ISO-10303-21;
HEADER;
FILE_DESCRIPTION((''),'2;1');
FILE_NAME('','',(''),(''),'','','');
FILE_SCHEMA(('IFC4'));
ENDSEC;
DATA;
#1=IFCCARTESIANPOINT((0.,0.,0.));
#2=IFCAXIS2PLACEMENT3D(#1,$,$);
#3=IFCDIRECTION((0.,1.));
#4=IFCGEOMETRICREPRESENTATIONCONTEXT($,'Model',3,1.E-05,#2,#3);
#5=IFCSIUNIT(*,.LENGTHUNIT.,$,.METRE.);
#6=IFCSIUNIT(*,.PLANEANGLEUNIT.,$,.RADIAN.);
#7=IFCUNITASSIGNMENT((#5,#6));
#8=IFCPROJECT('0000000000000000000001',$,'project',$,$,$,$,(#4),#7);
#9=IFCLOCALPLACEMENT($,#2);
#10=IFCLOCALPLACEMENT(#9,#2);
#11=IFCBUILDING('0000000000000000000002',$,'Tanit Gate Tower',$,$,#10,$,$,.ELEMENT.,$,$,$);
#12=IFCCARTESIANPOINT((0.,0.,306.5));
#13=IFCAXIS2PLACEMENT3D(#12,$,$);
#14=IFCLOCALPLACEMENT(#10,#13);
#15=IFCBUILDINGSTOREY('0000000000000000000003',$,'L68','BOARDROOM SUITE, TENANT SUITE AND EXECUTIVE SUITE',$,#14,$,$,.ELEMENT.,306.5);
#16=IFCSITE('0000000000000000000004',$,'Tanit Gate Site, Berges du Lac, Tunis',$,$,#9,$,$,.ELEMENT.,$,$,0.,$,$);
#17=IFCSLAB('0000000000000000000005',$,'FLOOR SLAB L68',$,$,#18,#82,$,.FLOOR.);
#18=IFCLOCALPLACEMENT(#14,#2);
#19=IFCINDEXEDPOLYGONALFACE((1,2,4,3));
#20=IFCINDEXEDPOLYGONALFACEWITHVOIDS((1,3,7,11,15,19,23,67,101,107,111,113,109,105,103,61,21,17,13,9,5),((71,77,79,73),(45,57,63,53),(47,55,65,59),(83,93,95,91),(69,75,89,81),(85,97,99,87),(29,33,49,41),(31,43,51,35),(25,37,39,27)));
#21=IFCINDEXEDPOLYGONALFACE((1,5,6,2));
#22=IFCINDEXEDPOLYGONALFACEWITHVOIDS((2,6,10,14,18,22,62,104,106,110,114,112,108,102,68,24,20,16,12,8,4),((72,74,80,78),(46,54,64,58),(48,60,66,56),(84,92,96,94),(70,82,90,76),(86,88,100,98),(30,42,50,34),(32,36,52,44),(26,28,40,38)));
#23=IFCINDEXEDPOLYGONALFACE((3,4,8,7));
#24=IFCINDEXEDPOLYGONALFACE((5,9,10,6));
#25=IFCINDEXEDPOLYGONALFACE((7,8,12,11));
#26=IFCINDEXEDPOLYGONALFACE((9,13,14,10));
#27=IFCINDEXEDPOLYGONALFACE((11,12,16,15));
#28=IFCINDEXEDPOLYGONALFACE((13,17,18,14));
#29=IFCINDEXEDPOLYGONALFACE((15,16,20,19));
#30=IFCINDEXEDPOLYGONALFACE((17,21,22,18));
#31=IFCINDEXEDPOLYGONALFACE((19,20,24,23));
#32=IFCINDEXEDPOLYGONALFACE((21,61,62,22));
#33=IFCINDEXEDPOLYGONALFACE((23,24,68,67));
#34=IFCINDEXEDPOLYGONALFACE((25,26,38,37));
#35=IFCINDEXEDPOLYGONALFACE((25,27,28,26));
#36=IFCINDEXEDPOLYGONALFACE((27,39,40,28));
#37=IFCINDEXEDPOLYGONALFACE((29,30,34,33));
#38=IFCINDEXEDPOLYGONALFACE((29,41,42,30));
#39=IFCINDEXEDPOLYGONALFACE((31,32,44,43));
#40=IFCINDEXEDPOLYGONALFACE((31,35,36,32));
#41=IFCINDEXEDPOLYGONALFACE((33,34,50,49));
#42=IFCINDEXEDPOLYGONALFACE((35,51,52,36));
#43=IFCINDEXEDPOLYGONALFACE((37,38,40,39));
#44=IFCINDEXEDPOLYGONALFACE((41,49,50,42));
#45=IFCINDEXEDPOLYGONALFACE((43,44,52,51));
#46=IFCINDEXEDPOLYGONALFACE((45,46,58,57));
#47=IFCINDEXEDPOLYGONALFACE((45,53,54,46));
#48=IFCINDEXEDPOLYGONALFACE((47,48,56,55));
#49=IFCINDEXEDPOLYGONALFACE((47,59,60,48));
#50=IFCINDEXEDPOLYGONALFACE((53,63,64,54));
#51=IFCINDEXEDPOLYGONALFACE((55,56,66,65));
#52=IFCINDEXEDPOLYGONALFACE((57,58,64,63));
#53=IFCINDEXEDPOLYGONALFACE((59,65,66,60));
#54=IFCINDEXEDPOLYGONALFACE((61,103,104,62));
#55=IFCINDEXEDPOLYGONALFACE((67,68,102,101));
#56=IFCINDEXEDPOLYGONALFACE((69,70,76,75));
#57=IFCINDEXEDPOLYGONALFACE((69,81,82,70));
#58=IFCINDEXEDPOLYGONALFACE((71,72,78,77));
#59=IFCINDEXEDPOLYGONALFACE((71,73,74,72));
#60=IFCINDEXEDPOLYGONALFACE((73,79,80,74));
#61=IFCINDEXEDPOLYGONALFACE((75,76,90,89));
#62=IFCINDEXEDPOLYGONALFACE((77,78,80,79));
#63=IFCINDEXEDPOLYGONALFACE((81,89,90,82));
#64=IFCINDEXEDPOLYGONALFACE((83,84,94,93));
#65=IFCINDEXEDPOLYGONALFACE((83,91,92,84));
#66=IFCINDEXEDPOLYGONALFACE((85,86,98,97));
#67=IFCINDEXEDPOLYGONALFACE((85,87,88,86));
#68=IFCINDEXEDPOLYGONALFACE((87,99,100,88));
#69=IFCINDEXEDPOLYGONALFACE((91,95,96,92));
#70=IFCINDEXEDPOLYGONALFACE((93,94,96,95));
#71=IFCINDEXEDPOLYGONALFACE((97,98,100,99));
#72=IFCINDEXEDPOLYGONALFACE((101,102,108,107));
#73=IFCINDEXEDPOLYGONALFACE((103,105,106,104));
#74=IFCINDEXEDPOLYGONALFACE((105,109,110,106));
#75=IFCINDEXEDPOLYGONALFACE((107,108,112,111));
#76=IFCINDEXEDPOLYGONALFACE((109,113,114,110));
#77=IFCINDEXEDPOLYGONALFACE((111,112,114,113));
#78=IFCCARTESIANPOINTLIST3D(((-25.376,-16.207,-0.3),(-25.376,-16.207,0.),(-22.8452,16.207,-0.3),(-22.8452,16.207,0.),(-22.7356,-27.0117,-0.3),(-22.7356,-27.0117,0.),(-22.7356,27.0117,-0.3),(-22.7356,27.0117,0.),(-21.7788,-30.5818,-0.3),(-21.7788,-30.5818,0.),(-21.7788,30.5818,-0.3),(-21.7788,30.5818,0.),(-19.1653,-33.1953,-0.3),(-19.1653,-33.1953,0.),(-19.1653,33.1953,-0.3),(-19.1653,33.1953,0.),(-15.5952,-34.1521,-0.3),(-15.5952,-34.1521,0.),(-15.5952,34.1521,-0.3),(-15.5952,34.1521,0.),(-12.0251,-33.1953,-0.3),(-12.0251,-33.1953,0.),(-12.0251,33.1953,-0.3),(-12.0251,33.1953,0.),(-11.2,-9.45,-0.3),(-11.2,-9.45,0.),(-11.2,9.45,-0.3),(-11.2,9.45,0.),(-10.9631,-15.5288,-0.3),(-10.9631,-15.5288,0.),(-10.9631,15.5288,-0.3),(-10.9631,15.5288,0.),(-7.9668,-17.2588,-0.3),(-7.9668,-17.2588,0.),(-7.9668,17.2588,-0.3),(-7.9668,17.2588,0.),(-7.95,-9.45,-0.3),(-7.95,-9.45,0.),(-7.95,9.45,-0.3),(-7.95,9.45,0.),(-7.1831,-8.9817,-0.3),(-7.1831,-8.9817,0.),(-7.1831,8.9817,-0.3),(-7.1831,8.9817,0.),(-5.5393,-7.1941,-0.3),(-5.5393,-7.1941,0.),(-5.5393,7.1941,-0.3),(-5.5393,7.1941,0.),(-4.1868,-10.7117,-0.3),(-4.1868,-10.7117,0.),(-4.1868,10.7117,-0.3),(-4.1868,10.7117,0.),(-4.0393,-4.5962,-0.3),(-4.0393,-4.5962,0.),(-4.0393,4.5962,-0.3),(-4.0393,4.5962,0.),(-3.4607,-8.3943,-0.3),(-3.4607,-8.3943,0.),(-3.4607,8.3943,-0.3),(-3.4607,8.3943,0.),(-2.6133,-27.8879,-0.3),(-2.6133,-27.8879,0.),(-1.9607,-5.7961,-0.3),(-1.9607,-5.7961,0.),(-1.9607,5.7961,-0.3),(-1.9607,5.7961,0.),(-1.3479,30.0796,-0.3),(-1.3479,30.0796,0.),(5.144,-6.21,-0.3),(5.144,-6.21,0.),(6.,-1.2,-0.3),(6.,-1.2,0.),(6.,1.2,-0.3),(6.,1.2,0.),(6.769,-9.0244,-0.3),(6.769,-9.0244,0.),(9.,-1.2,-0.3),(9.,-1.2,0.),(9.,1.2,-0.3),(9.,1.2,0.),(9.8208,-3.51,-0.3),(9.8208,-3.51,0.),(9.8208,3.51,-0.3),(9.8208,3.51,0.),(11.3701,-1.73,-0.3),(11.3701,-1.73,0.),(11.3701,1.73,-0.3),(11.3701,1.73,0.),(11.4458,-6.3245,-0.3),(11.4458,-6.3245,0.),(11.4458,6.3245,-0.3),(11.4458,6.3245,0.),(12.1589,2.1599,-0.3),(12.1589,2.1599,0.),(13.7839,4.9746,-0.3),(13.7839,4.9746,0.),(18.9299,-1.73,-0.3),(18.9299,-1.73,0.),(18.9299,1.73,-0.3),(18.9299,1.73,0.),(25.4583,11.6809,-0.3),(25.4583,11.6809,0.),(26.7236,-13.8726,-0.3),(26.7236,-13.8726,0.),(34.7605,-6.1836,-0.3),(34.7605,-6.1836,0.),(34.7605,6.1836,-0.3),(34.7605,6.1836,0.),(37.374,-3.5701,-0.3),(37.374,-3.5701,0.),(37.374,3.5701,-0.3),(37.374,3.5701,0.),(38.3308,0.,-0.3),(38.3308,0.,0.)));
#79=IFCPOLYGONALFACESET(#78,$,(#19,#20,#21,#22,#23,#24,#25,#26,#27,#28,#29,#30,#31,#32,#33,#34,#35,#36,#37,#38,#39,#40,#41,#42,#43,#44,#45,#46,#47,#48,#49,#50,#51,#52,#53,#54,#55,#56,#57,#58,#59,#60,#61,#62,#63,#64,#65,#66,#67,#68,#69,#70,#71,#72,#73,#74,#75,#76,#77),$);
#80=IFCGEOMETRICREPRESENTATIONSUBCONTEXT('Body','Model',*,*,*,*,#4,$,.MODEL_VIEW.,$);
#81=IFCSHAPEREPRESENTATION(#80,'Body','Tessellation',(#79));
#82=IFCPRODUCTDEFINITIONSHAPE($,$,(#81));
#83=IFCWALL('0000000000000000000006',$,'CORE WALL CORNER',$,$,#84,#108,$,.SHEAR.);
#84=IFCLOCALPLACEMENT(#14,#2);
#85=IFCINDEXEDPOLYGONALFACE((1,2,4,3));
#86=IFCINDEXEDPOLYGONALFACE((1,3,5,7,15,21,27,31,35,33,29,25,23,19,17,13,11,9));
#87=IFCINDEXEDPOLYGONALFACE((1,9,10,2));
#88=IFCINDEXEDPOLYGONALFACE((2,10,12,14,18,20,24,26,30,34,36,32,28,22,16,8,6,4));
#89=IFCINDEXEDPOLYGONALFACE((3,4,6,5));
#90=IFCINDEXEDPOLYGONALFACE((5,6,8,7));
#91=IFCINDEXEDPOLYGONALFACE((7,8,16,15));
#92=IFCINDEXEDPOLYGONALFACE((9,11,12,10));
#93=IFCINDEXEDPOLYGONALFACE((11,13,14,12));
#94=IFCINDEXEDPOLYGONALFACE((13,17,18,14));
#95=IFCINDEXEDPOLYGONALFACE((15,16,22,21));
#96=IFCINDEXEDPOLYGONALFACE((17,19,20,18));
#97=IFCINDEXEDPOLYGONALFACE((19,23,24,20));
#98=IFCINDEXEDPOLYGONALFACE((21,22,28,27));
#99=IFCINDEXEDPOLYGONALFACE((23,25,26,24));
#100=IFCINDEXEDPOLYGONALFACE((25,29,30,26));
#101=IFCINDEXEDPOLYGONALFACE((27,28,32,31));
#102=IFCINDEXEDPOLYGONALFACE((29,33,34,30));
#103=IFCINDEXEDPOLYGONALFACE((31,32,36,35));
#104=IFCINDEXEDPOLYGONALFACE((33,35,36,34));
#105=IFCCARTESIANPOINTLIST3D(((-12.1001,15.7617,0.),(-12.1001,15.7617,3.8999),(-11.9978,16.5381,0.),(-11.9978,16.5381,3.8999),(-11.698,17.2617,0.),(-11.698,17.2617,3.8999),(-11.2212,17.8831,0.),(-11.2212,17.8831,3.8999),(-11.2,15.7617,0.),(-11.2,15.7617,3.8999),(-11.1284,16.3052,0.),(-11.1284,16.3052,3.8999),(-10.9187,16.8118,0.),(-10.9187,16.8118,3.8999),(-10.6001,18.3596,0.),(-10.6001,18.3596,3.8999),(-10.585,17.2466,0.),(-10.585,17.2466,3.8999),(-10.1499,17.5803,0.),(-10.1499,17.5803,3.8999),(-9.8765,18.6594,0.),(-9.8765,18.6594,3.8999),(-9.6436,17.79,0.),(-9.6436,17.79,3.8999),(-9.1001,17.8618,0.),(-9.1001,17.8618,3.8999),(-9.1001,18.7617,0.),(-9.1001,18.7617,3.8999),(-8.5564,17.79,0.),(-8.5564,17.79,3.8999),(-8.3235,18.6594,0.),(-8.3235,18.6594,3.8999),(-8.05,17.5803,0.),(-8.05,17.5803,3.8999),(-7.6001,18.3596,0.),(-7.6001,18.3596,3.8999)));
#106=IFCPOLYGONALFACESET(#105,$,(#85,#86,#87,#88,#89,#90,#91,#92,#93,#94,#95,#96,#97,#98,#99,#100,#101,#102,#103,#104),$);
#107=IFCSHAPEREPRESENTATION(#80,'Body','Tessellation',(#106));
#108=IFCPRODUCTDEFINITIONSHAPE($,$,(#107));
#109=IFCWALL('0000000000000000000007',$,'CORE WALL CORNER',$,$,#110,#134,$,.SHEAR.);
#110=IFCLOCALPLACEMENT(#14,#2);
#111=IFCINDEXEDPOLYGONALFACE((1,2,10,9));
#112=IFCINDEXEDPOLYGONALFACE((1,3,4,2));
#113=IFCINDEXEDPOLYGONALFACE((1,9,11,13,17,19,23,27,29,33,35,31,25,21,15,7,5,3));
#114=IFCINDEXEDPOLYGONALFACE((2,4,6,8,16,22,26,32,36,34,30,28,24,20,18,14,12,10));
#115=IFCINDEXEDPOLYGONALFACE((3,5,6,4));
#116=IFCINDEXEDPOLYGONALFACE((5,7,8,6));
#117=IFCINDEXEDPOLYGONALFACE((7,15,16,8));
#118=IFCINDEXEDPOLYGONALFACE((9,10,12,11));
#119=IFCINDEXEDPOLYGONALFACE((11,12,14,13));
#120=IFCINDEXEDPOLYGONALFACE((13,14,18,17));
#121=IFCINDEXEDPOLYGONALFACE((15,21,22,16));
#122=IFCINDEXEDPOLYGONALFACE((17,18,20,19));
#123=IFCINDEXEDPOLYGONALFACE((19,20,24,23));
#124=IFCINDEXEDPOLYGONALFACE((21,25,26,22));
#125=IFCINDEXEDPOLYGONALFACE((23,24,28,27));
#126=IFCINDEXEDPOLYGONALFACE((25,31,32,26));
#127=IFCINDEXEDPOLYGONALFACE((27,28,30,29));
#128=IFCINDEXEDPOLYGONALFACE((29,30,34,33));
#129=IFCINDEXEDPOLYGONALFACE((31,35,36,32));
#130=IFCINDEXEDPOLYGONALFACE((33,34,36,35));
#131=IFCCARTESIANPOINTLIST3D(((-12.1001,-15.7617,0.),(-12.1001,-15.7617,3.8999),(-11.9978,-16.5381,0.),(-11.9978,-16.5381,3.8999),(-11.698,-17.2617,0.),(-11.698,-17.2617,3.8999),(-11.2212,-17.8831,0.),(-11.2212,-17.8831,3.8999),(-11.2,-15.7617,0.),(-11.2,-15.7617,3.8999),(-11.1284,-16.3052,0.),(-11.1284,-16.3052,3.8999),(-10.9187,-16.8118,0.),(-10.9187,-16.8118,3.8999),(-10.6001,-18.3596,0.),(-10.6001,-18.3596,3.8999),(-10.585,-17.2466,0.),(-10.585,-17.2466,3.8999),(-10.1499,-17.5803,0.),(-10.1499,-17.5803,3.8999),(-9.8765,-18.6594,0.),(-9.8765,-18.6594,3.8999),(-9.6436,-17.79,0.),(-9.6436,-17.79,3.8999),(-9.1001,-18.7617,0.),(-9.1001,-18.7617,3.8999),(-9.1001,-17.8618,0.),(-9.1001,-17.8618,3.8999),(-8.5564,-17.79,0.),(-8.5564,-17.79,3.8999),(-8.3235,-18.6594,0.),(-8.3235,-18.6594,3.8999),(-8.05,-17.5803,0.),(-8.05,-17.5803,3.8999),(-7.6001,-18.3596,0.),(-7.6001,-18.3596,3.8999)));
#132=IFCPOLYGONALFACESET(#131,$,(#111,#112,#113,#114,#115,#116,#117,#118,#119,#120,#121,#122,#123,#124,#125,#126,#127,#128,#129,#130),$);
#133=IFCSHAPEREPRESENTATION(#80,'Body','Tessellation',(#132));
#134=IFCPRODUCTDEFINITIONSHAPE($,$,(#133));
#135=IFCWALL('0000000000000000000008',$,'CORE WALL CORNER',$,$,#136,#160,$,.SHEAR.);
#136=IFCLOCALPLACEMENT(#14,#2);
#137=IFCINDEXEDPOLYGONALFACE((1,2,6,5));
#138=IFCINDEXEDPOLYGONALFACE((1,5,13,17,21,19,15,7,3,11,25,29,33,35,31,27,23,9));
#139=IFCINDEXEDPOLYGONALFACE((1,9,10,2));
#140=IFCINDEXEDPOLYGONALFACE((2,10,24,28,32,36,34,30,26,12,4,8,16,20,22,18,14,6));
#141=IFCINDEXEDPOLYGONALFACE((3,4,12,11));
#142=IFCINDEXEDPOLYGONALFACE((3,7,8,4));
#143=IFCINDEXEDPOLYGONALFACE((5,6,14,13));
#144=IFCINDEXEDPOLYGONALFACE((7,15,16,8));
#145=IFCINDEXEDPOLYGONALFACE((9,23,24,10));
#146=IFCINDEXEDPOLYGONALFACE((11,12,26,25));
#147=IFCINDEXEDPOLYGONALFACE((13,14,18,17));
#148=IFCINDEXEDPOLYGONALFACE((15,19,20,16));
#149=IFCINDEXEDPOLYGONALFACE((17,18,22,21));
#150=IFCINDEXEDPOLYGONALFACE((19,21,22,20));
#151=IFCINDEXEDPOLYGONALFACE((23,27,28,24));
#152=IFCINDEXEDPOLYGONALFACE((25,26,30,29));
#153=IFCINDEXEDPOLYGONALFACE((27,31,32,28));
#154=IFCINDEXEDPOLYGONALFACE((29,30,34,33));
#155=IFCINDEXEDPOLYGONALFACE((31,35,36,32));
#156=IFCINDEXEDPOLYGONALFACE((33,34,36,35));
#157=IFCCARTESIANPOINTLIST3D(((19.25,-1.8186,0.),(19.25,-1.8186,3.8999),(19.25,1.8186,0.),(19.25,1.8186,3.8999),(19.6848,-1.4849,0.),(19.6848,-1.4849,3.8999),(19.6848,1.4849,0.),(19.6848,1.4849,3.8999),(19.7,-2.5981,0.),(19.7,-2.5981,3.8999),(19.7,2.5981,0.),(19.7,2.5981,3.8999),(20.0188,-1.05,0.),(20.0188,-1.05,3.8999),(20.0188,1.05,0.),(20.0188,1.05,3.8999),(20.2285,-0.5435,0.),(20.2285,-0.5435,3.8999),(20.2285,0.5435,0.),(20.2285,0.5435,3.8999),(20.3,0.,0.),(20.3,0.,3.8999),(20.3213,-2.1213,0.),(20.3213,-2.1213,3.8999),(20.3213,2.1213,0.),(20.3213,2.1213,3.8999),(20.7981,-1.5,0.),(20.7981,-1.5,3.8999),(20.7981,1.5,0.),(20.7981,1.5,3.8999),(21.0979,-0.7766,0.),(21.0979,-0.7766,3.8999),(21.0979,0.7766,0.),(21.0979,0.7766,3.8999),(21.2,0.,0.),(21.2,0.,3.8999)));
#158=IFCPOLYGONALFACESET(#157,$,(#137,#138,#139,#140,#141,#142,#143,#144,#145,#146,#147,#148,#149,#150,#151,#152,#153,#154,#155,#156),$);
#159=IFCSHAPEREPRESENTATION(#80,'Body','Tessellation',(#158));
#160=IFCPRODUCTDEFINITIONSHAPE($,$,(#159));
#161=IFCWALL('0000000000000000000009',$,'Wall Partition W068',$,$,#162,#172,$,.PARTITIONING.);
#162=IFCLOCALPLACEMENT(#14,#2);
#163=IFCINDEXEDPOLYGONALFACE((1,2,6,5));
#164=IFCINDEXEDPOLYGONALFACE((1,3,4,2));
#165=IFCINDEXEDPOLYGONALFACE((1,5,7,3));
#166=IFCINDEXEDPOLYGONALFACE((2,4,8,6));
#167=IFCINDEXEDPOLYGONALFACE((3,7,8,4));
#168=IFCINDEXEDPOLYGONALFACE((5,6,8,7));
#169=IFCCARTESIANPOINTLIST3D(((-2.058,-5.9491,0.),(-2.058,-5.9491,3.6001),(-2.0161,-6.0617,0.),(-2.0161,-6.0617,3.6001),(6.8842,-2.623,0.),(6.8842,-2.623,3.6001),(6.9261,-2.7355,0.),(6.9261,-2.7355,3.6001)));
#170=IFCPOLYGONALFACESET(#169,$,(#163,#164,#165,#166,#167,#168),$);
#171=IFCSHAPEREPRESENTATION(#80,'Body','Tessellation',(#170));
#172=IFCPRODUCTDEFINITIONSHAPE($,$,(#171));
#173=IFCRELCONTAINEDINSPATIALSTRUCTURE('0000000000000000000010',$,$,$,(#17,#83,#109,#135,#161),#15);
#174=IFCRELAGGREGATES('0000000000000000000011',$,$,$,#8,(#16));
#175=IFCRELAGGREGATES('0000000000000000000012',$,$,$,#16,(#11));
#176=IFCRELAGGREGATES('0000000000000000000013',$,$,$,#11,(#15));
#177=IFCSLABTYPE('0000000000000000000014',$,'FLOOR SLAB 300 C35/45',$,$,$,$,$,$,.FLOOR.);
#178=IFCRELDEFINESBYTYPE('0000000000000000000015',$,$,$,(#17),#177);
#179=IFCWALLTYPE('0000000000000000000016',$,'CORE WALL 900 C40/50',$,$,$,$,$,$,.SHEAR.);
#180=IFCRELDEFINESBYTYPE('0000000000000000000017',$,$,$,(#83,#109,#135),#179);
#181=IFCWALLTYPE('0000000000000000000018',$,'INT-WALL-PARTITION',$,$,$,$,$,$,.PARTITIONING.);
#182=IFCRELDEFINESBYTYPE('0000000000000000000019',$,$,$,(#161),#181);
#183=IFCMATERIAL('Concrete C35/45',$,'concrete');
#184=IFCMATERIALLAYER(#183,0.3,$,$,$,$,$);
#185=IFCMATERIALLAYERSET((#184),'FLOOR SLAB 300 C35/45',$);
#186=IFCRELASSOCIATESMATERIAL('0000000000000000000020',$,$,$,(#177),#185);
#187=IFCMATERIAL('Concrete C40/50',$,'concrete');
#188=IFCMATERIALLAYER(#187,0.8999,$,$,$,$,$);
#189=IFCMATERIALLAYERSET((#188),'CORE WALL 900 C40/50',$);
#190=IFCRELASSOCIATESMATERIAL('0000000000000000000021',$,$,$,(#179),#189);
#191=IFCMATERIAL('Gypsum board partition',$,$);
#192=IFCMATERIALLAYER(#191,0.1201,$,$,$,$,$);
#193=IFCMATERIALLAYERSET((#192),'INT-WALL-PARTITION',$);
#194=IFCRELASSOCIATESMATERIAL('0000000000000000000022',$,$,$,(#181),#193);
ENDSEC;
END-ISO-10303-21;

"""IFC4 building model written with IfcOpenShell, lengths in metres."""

from ifc_helpers import new_model, si_unit, direction, frame, frame_2d, origin, place, context, subcontext, project, spatial, polyline, rectangle, outline, extrude, material, layer, layer_set, type_object, element, save


model = new_model("IFC4")

# Units and contexts
model_context = context("Model", 3, precision=1e-05, world=origin(), true_north=direction((0.0, 1.0)))
body_context = subcontext(model_context, "Body", "Model", "MODEL_VIEW")
ifc_project = project(units=[si_unit("LENGTHUNIT", "METRE"), si_unit("PLANEANGLEUNIT", "RADIAN")], contexts=[model_context])

# Site, building, storey
site_placement = place(None, origin())
site = spatial("IfcSite", under=ifc_project, at=site_placement, Name="Tanit Gate Site, Berges du Lac, Tunis", CompositionType="ELEMENT", RefElevation=0.0)
building_placement = place(site_placement, origin())
building = spatial("IfcBuilding", under=site, at=building_placement, Name="Tanit Gate Tower", CompositionType="ELEMENT")
storey_placement = place(building_placement, frame((0.0, 0.0, 306.5)))
storey = spatial("IfcBuildingStorey", under=building, at=storey_placement, Name="L68", Description="BOARDROOM SUITE, TENANT SUITE AND EXECUTIVE SUITE", CompositionType="ELEMENT", Elevation=306.5)

# Slab
ifc_material_1 = material(Name="Concrete C35/45", Category="concrete")
ifc_layer_1 = layer(ifc_material_1, 0.3)
ifc_layer_set_1 = layer_set([ifc_layer_1], Name="FLOOR SLAB 300 C35/45")
slab_type = type_object("IfcSlabType", Name="FLOOR SLAB 300 C35/45", PredefinedType="FLOOR", material=ifc_layer_set_1)
slab_placement = place(storey_placement, frame((0.0, 0.0, -0.3)))
element("IfcSlab", 1, at=slab_placement, inside=storey, type_object=slab_type, Name="FLOOR SLAB L68", PredefinedType="FLOOR", context=body_context, shape_type="SweptSolid", body=[
    extrude(outline(polyline([(34.7605, 6.1836), (37.374, 3.5701), (38.3308, 0.0), (37.374, -3.5701), (34.7605, -6.1836), (26.7236, -13.8726), (-2.6133, -27.8879), (-12.0251, -33.1953), (-15.5952, -34.1521), (-19.1653, -33.1953), (-21.7788, -30.5818), (-22.7356, -27.0117), (-25.376, -16.207), (-22.8452, 16.207), (-22.7356, 27.0117), (-21.7788, 30.5818), (-19.1653, 33.1953), (-15.5952, 34.1521), (-12.0251, 33.1953), (-1.3479, 30.0796), (25.4583, 11.6809), (34.7605, 6.1836)]), holes=[polyline([(11.3701, 1.73), (18.9299, 1.73), (18.9299, -1.73), (11.3701, -1.73), (11.3701, 1.73)]), polyline([(12.1589, 2.1599), (9.8208, 3.51), (11.4458, 6.3245), (13.7839, 4.9746), (12.1589, 2.1599)]), polyline([(11.4458, -6.3245), (6.769, -9.0244), (5.144, -6.21), (9.8208, -3.51), (11.4458, -6.3245)]), polyline([(6.0, 1.2), (9.0, 1.2), (9.0, -1.2), (6.0, -1.2), (6.0, 1.2)]), polyline([(-4.0393, 4.5962), (-5.5393, 7.1941), (-3.4607, 8.3943), (-1.9607, 5.7961), (-4.0393, 4.5962)]), polyline([(-1.9607, -5.7961), (-3.4607, -8.3943), (-5.5393, -7.1941), (-4.0393, -4.5962), (-1.9607, -5.7961)]), polyline([(-7.1831, 8.9817), (-10.9631, 15.5288), (-7.9668, 17.2588), (-4.1868, 10.7117), (-7.1831, 8.9817)]), polyline([(-4.1868, -10.7117), (-7.9668, -17.2588), (-10.9631, -15.5288), (-7.1831, -8.9817), (-4.1868, -10.7117)]), polyline([(-11.2, -9.45), (-11.2, 9.45), (-7.95, 9.45), (-7.95, -9.45), (-11.2, -9.45)])]), origin(), (0.0, 0.0, 1.0), 0.3),
])

# Walls
ifc_material_2 = material(Name="Concrete C40/50", Category="concrete")
ifc_layer_2 = layer(ifc_material_2, 0.8999)
ifc_layer_set_2 = layer_set([ifc_layer_2], Name="CORE WALL 900 C40/50")
wall_type_1 = type_object("IfcWallType", Name="CORE WALL 900 C40/50", PredefinedType="SHEAR", material=ifc_layer_set_2)
wall_1_placement = place(storey_placement, origin())
element("IfcWall", 2, at=wall_1_placement, inside=storey, type_object=wall_type_1, Name="CORE WALL CORNER", PredefinedType="SHEAR", context=body_context, shape_type="SweptSolid", body=[
    extrude(outline(polyline([(-7.6001, 18.3596), (-8.3235, 18.6594), (-9.1001, 18.7617), (-9.8765, 18.6594), (-10.6001, 18.3596), (-11.2212, 17.8831), (-11.698, 17.2617), (-11.9978, 16.5381), (-12.1001, 15.7617), (-11.2, 15.7617), (-11.1284, 16.3052), (-10.9187, 16.8118), (-10.585, 17.2466), (-10.1499, 17.5803), (-9.6436, 17.79), (-9.1001, 17.8618), (-8.5564, 17.79), (-8.05, 17.5803), (-7.6001, 18.3596)])), origin(), (0.0, 0.0, 1.0), 3.8999),
])
wall_2_placement = place(storey_placement, origin())
element("IfcWall", 3, at=wall_2_placement, inside=storey, type_object=wall_type_1, Name="CORE WALL CORNER", PredefinedType="SHEAR", context=body_context, shape_type="SweptSolid", body=[
    extrude(outline(polyline([(-12.1001, -15.7617), (-11.9978, -16.5381), (-11.698, -17.2617), (-11.2212, -17.8831), (-10.6001, -18.3596), (-9.8765, -18.6594), (-9.1001, -18.7617), (-8.3235, -18.6594), (-7.6001, -18.3596), (-8.05, -17.5803), (-8.5564, -17.79), (-9.1001, -17.8618), (-9.6436, -17.79), (-10.1499, -17.5803), (-10.585, -17.2466), (-10.9187, -16.8118), (-11.1284, -16.3052), (-11.2, -15.7617), (-12.1001, -15.7617)])), origin(), (0.0, 0.0, 1.0), 3.8999),
])
wall_3_placement = place(storey_placement, origin())
element("IfcWall", 4, at=wall_3_placement, inside=storey, type_object=wall_type_1, Name="CORE WALL CORNER", PredefinedType="SHEAR", context=body_context, shape_type="SweptSolid", body=[
    extrude(outline(polyline([(19.7, -2.5981), (20.3213, -2.1213), (20.7981, -1.5), (21.0979, -0.7766), (21.2, 0.0), (21.0979, 0.7766), (20.7981, 1.5), (20.3213, 2.1213), (19.7, 2.5981), (19.25, 1.8186), (19.6848, 1.4849), (20.0188, 1.05), (20.2285, 0.5435), (20.3, 0.0), (20.2285, -0.5435), (20.0188, -1.05), (19.6848, -1.4849), (19.25, -1.8186), (19.7, -2.5981)])), origin(), (0.0, 0.0, 1.0), 3.8999),
])
ifc_material_3 = material(Name="Gypsum board partition")
ifc_layer_3 = layer(ifc_material_3, 0.1201)
ifc_layer_set_3 = layer_set([ifc_layer_3], Name="INT-WALL-PARTITION")
wall_type_2 = type_object("IfcWallType", Name="INT-WALL-PARTITION", PredefinedType="PARTITIONING", material=ifc_layer_set_3)
wall_4_placement = place(storey_placement, frame((6.9053, -2.6792, 0.0), z_axis=(0.0, 0.0, 1.0), x_axis=(-0.937261, -0.348629, 0.0)))
element("IfcWall", 5, at=wall_4_placement, inside=storey, type_object=wall_type_2, Name="Wall Partition W068", PredefinedType="PARTITIONING", context=body_context, shape_type="SweptSolid", body=[
    extrude(rectangle(XDim=9.5408, YDim=0.1201, at=frame_2d((4.7705, 0.0))), origin(), (0.0, 0.0, 1.0), 3.6001),
])

save(model, "model.ifc")
